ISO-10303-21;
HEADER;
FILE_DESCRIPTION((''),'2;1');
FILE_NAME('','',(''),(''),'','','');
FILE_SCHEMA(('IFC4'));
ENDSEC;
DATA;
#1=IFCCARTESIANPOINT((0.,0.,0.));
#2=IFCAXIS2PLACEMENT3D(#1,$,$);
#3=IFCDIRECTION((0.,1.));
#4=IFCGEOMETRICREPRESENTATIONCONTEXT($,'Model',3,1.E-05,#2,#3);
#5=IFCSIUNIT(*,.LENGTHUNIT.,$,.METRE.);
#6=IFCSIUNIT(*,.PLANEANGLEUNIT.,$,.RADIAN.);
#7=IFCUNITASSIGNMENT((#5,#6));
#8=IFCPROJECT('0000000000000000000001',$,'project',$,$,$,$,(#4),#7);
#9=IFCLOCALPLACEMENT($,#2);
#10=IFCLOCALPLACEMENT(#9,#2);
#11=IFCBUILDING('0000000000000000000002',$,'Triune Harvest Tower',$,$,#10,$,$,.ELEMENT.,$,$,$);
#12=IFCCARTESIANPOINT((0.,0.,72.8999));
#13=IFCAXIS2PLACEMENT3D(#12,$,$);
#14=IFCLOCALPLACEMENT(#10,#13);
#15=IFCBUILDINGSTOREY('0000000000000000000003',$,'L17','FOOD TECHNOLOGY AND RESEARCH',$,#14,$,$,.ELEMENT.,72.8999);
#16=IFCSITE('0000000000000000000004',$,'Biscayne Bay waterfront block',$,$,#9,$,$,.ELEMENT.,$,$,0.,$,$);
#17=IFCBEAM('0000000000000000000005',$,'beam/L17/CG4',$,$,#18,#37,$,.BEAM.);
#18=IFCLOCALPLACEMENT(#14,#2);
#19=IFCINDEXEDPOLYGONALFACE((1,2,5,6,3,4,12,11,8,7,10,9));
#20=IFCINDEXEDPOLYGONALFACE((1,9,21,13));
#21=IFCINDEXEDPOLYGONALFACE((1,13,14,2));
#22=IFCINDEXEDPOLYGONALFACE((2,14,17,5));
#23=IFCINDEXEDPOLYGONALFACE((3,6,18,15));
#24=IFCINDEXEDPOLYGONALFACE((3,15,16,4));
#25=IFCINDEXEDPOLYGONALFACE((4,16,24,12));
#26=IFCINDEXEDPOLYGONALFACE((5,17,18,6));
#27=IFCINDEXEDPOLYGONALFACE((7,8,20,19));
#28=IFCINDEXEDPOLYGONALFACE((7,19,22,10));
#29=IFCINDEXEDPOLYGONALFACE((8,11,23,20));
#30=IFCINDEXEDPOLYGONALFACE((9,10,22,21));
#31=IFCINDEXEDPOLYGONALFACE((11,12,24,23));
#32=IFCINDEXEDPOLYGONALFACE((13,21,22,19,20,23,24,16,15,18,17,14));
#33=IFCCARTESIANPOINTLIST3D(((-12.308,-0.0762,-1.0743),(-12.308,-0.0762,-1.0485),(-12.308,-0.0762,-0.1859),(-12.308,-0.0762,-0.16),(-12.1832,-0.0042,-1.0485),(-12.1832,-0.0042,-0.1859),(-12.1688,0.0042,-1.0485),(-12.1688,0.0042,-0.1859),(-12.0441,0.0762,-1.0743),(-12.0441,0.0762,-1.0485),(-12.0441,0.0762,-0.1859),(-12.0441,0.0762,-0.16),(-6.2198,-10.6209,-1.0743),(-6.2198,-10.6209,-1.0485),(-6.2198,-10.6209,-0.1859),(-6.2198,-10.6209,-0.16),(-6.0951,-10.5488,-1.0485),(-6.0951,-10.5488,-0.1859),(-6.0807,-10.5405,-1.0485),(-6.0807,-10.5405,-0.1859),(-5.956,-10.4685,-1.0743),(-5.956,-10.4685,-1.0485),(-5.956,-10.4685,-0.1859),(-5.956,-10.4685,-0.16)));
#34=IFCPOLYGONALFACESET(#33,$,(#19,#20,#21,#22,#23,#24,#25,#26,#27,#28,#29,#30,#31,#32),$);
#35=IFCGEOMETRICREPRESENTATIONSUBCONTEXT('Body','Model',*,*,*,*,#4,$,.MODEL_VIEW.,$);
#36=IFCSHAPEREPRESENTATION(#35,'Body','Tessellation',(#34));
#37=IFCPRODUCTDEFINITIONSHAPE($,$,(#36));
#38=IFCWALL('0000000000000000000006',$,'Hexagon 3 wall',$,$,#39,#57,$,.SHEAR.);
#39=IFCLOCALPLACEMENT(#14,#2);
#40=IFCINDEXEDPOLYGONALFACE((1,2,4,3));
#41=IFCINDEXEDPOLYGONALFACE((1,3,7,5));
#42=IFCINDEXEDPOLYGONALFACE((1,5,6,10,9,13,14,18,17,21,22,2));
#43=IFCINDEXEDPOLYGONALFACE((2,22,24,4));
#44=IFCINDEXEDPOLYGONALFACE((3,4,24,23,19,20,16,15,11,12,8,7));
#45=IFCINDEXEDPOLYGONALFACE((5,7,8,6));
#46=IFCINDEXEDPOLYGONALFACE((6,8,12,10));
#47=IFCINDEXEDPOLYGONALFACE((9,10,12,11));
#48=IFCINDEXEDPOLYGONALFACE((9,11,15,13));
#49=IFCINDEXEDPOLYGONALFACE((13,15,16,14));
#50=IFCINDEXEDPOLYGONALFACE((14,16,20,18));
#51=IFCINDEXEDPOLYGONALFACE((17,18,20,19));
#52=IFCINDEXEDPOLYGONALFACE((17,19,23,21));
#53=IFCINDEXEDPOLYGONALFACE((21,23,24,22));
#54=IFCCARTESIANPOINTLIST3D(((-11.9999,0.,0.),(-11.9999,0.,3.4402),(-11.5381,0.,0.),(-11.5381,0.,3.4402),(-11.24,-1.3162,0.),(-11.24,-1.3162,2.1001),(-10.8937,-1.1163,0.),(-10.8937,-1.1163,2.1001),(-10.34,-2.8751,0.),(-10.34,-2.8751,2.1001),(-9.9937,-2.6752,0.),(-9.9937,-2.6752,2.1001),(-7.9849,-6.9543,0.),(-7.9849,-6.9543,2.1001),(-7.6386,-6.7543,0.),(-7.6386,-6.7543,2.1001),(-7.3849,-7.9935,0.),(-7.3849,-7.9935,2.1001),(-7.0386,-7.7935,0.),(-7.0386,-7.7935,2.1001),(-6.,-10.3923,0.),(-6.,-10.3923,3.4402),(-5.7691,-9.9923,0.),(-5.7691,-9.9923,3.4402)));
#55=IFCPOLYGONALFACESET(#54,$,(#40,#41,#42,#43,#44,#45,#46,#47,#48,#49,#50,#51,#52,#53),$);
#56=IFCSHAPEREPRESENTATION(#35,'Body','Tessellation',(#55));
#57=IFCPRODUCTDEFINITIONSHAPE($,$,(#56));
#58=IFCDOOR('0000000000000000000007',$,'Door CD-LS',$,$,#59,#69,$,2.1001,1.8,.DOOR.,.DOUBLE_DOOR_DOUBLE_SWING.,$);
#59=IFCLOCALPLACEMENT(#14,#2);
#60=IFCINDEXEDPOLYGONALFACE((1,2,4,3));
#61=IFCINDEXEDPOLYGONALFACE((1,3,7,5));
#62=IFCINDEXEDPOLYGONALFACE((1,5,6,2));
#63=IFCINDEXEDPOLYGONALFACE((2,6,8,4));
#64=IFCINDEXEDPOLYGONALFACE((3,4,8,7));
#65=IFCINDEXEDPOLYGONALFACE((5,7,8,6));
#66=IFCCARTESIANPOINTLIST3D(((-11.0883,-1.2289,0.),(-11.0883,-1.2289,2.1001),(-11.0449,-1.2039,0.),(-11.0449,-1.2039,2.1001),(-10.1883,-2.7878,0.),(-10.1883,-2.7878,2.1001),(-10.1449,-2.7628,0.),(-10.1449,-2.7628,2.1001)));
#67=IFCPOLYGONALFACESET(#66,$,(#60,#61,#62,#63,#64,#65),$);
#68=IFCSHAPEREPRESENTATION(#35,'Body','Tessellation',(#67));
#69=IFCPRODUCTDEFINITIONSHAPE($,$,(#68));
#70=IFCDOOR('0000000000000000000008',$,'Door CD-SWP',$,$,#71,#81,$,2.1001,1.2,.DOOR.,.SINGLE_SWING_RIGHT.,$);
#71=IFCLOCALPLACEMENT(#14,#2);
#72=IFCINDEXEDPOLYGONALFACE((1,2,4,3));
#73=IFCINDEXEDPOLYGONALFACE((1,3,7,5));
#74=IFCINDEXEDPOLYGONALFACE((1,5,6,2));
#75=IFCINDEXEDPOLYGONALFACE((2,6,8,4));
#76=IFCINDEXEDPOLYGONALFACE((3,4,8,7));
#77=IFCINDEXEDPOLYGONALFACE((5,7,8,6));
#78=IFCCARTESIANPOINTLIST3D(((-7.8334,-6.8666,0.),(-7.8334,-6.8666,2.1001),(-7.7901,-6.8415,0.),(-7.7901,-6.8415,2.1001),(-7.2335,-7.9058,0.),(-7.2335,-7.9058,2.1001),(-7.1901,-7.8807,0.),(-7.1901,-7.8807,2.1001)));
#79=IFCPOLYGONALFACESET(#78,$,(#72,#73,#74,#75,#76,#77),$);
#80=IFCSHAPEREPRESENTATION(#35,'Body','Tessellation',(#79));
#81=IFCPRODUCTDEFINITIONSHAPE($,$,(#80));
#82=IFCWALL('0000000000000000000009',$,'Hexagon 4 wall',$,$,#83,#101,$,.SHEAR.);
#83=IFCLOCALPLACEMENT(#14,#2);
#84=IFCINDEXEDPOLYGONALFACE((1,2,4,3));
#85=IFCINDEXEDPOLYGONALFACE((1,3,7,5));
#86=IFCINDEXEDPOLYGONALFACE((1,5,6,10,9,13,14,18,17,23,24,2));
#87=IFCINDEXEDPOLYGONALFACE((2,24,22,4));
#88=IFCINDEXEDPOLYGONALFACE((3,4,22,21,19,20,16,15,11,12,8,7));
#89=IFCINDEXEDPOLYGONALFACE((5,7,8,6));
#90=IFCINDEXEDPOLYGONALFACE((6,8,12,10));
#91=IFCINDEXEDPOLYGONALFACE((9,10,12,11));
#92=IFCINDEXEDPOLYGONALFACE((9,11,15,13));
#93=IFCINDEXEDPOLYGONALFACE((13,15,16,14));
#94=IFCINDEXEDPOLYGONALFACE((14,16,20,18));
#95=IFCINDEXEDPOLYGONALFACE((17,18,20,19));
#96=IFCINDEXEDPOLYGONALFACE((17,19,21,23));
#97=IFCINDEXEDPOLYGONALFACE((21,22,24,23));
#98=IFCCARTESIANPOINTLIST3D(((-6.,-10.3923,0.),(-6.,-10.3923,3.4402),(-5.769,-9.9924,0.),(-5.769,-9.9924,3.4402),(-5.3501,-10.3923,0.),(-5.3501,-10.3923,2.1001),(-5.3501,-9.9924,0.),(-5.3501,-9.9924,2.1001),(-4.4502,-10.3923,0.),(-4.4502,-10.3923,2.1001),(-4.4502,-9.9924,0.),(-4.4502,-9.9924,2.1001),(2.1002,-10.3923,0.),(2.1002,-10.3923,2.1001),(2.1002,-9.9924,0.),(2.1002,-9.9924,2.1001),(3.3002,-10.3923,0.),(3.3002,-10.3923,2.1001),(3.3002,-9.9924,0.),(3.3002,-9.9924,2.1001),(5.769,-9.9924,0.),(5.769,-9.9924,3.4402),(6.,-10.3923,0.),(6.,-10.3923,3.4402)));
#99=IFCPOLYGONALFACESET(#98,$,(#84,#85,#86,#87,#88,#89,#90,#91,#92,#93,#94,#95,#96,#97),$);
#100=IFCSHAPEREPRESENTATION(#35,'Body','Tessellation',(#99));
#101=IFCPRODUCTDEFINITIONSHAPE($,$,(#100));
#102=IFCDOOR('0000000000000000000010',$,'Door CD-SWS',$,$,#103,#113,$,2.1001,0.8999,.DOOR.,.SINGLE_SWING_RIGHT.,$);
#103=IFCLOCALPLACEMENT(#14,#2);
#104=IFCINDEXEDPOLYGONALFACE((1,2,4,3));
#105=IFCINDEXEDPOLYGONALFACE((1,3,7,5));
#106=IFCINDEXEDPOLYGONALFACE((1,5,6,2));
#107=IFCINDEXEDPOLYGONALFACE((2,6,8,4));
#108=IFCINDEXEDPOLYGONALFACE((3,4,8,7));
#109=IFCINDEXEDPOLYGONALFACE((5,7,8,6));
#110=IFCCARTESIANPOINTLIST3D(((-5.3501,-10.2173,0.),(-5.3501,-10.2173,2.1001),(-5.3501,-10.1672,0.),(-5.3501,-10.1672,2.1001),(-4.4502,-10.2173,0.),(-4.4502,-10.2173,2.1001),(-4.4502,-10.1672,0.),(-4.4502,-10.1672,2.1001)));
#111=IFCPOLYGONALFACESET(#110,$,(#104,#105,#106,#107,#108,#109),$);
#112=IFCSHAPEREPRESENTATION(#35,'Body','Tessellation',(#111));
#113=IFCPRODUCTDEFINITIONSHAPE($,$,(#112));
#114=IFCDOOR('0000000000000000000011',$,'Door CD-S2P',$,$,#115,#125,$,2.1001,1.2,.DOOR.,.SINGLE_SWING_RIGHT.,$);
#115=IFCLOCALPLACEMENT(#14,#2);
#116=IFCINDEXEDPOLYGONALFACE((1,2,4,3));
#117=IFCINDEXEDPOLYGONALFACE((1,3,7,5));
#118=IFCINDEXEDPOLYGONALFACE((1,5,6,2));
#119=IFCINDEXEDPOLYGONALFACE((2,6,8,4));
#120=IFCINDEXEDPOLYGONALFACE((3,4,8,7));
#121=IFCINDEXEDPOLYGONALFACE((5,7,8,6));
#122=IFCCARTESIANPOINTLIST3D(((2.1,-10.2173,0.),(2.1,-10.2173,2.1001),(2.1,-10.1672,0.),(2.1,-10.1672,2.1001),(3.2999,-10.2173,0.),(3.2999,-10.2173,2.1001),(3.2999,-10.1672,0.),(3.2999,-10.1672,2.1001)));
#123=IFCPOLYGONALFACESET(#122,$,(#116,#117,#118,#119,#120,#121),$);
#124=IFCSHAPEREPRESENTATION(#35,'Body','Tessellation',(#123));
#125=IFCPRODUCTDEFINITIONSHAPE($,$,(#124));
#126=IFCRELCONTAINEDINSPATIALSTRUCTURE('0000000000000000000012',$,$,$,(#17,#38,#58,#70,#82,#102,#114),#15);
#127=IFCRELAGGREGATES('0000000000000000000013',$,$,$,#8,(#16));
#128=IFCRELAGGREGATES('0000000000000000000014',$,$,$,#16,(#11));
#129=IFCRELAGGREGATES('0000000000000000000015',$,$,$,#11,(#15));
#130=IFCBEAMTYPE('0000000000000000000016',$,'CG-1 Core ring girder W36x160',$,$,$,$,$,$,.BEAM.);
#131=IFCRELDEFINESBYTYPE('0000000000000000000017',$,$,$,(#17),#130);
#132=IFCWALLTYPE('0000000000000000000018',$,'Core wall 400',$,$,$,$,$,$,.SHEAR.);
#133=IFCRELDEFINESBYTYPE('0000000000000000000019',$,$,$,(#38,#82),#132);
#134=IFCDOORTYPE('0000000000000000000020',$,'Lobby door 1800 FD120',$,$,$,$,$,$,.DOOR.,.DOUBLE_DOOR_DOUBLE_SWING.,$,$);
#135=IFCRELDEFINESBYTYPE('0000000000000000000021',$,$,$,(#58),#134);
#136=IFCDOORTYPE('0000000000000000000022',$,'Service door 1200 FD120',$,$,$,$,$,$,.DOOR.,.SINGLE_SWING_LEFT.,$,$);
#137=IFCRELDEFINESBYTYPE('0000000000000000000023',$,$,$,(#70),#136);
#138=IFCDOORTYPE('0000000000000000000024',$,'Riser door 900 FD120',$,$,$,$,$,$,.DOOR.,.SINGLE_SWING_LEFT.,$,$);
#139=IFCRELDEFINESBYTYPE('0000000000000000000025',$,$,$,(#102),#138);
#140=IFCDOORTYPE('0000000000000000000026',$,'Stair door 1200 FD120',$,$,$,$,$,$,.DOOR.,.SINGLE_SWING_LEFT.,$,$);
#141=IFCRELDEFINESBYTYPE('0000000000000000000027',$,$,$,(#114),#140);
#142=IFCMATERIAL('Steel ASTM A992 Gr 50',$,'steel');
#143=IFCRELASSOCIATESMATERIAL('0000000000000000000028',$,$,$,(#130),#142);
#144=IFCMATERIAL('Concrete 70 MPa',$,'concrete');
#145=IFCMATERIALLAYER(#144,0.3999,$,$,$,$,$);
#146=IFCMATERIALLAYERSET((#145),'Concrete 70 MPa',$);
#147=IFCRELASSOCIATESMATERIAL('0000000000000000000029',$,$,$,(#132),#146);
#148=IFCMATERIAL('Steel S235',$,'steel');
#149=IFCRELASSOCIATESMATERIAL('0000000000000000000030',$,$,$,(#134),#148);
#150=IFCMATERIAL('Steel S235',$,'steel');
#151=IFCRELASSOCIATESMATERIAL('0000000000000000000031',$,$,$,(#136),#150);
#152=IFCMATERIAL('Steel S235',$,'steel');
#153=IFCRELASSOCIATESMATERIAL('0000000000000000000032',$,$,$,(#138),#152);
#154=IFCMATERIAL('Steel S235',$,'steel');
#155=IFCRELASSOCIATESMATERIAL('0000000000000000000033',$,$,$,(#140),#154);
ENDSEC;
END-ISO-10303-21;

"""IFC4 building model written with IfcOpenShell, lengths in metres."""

from ifc_helpers import new_model, si_unit, direction, frame, frame_2d, origin, origin_2d, place, context, subcontext, project, spatial, polyline, rectangle, i_section, outline, extrude, source, transform, mapped, material, layer, layer_set, material_profile, profile_set, type_object, element, fill, save


model = new_model("IFC4")

# Units and contexts
model_context = context("Model", 3, precision=1e-05, world=origin(), true_north=direction((0.0, 1.0)))
body_context = subcontext(model_context, "Body", "Model", "MODEL_VIEW")
ifc_project = project(units=[si_unit("LENGTHUNIT", "METRE"), si_unit("PLANEANGLEUNIT", "RADIAN")], contexts=[model_context])

# Site, building, storey
site_placement = place(None, origin())
site = spatial("IfcSite", under=ifc_project, at=site_placement, Name="Biscayne Bay waterfront block", CompositionType="ELEMENT", RefElevation=0.0)
building_placement = place(site_placement, origin())
building = spatial("IfcBuilding", under=site, at=building_placement, Name="Triune Harvest Tower", CompositionType="ELEMENT")
storey_placement = place(building_placement, frame((0.0, 0.0, 72.8999)))
storey = spatial("IfcBuildingStorey", under=building, at=storey_placement, Name="L17", Description="FOOD TECHNOLOGY AND RESEARCH", CompositionType="ELEMENT", Elevation=72.8999)

# Beam
ifc_material_1 = material(Name="Steel ASTM A992 Gr 50", Category="steel")
ifc_material_profile = material_profile(ifc_material_1, i_section(OverallWidth=0.3047, OverallDepth=0.9143, WebThickness=0.0166, FlangeThickness=0.0259, at=origin_2d()), Name="W36x160")
ifc_profile_set = profile_set([ifc_material_profile], Name="Steel ASTM A992 Gr 50")
beam_type = type_object("IfcBeamType", Name="CG-1 Core ring girder W36x160", PredefinedType="BEAM", material=ifc_profile_set)
shared_shape_1 = source(origin(), body_context, "Body", "SweptSolid", [
    extrude(i_section(OverallWidth=0.3047, OverallDepth=0.9143, WebThickness=0.0166, FlangeThickness=0.0259, at=origin_2d()), origin(), (0.0, 0.0, 1.0), 12.176),
])
beam_placement = place(storey_placement, frame((-12.176, 0.0, -0.6172), z_axis=(0.50001, -0.86602, 0.0), x_axis=(0.86602, 0.50001, 0.0)))
element("IfcBeam", 1, at=beam_placement, inside=storey, type_object=beam_type, Name="beam/L17/CG4", PredefinedType="BEAM", context=body_context, shape_type="MappedRepresentation", body=[
    mapped(shared_shape_1, transform((0.0, 0.0, 0.0), scale=1.0)),
])

# Walls, openings, doors
ifc_material_2 = material(Name="Concrete 70 MPa", Category="concrete")
ifc_layer_1 = layer(ifc_material_2, 0.3999)
ifc_layer_set_1 = layer_set([ifc_layer_1], Name="Concrete 70 MPa")
wall_type_1 = type_object("IfcWallType", Name="Core wall 400", PredefinedType="SHEAR", material=ifc_layer_set_1)
shared_shape_2 = source(origin(), body_context, "Body", "SweptSolid", [
    extrude(outline(polyline([(-0.1155, -0.2), (11.8845, -0.2), (11.6536, 0.2), (0.1155, 0.2), (-0.1155, -0.2)])), origin(), (0.0, 0.0, 1.0), 3.4402),
])
wall_1_placement = place(storey_placement, frame((-11.769, 0.0, 0.0), z_axis=(0.0, 0.0, 1.0), x_axis=(0.499997, -0.866027, 0.0)))
wall_1 = element("IfcWall", 2, at=wall_1_placement, inside=storey, type_object=wall_type_1, Name="Hexagon 3 wall", PredefinedType="SHEAR", context=body_context, shape_type="MappedRepresentation", body=[
    mapped(shared_shape_2, transform((0.0, 0.0, 0.0), scale=1.0)),
])
opening_1_placement = place(wall_1_placement, frame((1.4045, 0.0, 0.0)))
opening_1 = element("IfcOpeningElement", 3, at=opening_1_placement, cuts=wall_1, PredefinedType="OPENING", context=body_context, shape_type="SweptSolid", body=[
    extrude(rectangle(XDim=1.8, YDim=2.1001, at=frame_2d((0.8999, 1.05))), frame((0.0, 0.21, 0.0), z_axis=(0.0, -1.0, 0.0), x_axis=(1.0, 0.0, 0.0)), (0.0, 0.0, 1.0), 0.4199),
])
opening_2_placement = place(wall_1_placement, frame((7.9146, 0.0, 0.0)))
opening_2 = element("IfcOpeningElement", 4, at=opening_2_placement, cuts=wall_1, PredefinedType="OPENING", context=body_context, shape_type="SweptSolid", body=[
    extrude(rectangle(XDim=1.2, YDim=2.1001, at=frame_2d((0.6001, 1.05))), frame((0.0, 0.21, 0.0), z_axis=(0.0, -1.0, 0.0), x_axis=(1.0, 0.0, 0.0)), (0.0, 0.0, 1.0), 0.4199),
])
ifc_material_3 = material(Name="Steel S235", Category="steel")
door_type_1 = type_object("IfcDoorType", Name="Lobby door 1800 FD120", OperationType="DOUBLE_DOOR_DOUBLE_SWING", PredefinedType="DOOR", material=ifc_material_3)
door_1_placement = place(opening_1_placement, frame((1.8, 0.0, 0.0), z_axis=(0.0, 0.0, 1.0), x_axis=(-1.0, 0.0, 0.0)))
door_1 = element("IfcDoor", 5, at=door_1_placement, inside=storey, type_object=door_type_1, Name="Door CD-LS", OperationType="DOUBLE_DOOR_DOUBLE_SWING", OverallHeight=2.1001, OverallWidth=1.8, PredefinedType="DOOR", context=body_context, shape_type="SweptSolid", body=[
    extrude(rectangle(XDim=1.8, YDim=2.1001, at=frame_2d((0.8999, 1.05))), frame((0.0, 0.0249, 0.0), z_axis=(0.0, -1.0, 0.0), x_axis=(1.0, 0.0, 0.0)), (0.0, 0.0, 1.0), 0.05),
])
fill(opening_1, door_1)
ifc_material_4 = material(Name="Steel S235", Category="steel")
door_type_2 = type_object("IfcDoorType", Name="Service door 1200 FD120", OperationType="SINGLE_SWING_LEFT", PredefinedType="DOOR", material=ifc_material_4)
door_2_placement = place(opening_2_placement, frame((1.2, 0.0, 0.0), z_axis=(0.0, 0.0, 1.0), x_axis=(-1.0, 0.0, 0.0)))
door_2 = element("IfcDoor", 6, at=door_2_placement, inside=storey, type_object=door_type_2, Name="Door CD-SWP", OperationType="SINGLE_SWING_RIGHT", OverallHeight=2.1001, OverallWidth=1.2, PredefinedType="DOOR", context=body_context, shape_type="SweptSolid", body=[
    extrude(rectangle(XDim=1.2, YDim=2.1001, at=frame_2d((0.6001, 1.05))), frame((0.0, 0.0249, 0.0), z_axis=(0.0, -1.0, 0.0), x_axis=(1.0, 0.0, 0.0)), (0.0, 0.0, 1.0), 0.05),
])
fill(opening_2, door_2)
wall_2_placement = place(storey_placement, frame((-5.8845, -10.1924, 0.0), z_axis=(0.0, 0.0, 1.0), x_axis=(1.0, 0.0, 0.0)))
wall_2 = element("IfcWall", 7, at=wall_2_placement, inside=storey, type_object=wall_type_1, Name="Hexagon 4 wall", PredefinedType="SHEAR", context=body_context, shape_type="MappedRepresentation", body=[
    mapped(shared_shape_2, transform((0.0, 0.0, 0.0), scale=1.0)),
])
opening_3_placement = place(wall_2_placement, frame((7.9846, 0.0, 0.0)))
opening_3 = element("IfcOpeningElement", 8, at=opening_3_placement, cuts=wall_2, PredefinedType="OPENING", context=body_context, shape_type="SweptSolid", body=[
    extrude(rectangle(XDim=1.2, YDim=2.1001, at=frame_2d((0.6001, 1.05))), frame((0.0, 0.21, 0.0), z_axis=(0.0, -1.0, 0.0), x_axis=(1.0, 0.0, 0.0)), (0.0, 0.0, 1.0), 0.4199),
])
opening_4_placement = place(wall_2_placement, frame((0.5344, 0.0, 0.0)))
opening_4 = element("IfcOpeningElement", 9, at=opening_4_placement, cuts=wall_2, PredefinedType="OPENING", context=body_context, shape_type="SweptSolid", body=[
    extrude(rectangle(XDim=0.8999, YDim=2.1001, at=frame_2d((0.45, 1.05))), frame((0.0, 0.21, 0.0), z_axis=(0.0, -1.0, 0.0), x_axis=(1.0, 0.0, 0.0)), (0.0, 0.0, 1.0), 0.4199),
])
ifc_material_5 = material(Name="Steel S235", Category="steel")
door_type_3 = type_object("IfcDoorType", Name="Riser door 900 FD120", OperationType="SINGLE_SWING_LEFT", PredefinedType="DOOR", material=ifc_material_5)
door_3_placement = place(opening_4_placement, frame((0.8999, 0.0, 0.0), z_axis=(0.0, 0.0, 1.0), x_axis=(-1.0, 0.0, 0.0)))
door_3 = element("IfcDoor", 10, at=door_3_placement, inside=storey, type_object=door_type_3, Name="Door CD-SWS", OperationType="SINGLE_SWING_RIGHT", OverallHeight=2.1001, OverallWidth=0.8999, PredefinedType="DOOR", context=body_context, shape_type="SweptSolid", body=[
    extrude(rectangle(XDim=0.8999, YDim=2.1001, at=frame_2d((0.45, 1.05))), frame((0.0, 0.0249, 0.0), z_axis=(0.0, -1.0, 0.0), x_axis=(1.0, 0.0, 0.0)), (0.0, 0.0, 1.0), 0.05),
])
fill(opening_4, door_3)
ifc_material_6 = material(Name="Steel S235", Category="steel")
door_type_4 = type_object("IfcDoorType", Name="Stair door 1200 FD120", OperationType="SINGLE_SWING_LEFT", PredefinedType="DOOR", material=ifc_material_6)
door_4_placement = place(opening_3_placement, frame((1.2, 0.0, 0.0), z_axis=(0.0, 0.0, 1.0), x_axis=(-1.0, 0.0, 0.0)))
door_4 = element("IfcDoor", 11, at=door_4_placement, inside=storey, type_object=door_type_4, Name="Door CD-S2P", OperationType="SINGLE_SWING_RIGHT", OverallHeight=2.1001, OverallWidth=1.2, PredefinedType="DOOR", context=body_context, shape_type="SweptSolid", body=[
    extrude(rectangle(XDim=1.2, YDim=2.1001, at=frame_2d((0.6001, 1.05))), frame((0.0, 0.0249, 0.0), z_axis=(0.0, -1.0, 0.0), x_axis=(1.0, 0.0, 0.0)), (0.0, 0.0, 1.0), 0.05),
])
fill(opening_3, door_4)

save(model, "model.ifc")
